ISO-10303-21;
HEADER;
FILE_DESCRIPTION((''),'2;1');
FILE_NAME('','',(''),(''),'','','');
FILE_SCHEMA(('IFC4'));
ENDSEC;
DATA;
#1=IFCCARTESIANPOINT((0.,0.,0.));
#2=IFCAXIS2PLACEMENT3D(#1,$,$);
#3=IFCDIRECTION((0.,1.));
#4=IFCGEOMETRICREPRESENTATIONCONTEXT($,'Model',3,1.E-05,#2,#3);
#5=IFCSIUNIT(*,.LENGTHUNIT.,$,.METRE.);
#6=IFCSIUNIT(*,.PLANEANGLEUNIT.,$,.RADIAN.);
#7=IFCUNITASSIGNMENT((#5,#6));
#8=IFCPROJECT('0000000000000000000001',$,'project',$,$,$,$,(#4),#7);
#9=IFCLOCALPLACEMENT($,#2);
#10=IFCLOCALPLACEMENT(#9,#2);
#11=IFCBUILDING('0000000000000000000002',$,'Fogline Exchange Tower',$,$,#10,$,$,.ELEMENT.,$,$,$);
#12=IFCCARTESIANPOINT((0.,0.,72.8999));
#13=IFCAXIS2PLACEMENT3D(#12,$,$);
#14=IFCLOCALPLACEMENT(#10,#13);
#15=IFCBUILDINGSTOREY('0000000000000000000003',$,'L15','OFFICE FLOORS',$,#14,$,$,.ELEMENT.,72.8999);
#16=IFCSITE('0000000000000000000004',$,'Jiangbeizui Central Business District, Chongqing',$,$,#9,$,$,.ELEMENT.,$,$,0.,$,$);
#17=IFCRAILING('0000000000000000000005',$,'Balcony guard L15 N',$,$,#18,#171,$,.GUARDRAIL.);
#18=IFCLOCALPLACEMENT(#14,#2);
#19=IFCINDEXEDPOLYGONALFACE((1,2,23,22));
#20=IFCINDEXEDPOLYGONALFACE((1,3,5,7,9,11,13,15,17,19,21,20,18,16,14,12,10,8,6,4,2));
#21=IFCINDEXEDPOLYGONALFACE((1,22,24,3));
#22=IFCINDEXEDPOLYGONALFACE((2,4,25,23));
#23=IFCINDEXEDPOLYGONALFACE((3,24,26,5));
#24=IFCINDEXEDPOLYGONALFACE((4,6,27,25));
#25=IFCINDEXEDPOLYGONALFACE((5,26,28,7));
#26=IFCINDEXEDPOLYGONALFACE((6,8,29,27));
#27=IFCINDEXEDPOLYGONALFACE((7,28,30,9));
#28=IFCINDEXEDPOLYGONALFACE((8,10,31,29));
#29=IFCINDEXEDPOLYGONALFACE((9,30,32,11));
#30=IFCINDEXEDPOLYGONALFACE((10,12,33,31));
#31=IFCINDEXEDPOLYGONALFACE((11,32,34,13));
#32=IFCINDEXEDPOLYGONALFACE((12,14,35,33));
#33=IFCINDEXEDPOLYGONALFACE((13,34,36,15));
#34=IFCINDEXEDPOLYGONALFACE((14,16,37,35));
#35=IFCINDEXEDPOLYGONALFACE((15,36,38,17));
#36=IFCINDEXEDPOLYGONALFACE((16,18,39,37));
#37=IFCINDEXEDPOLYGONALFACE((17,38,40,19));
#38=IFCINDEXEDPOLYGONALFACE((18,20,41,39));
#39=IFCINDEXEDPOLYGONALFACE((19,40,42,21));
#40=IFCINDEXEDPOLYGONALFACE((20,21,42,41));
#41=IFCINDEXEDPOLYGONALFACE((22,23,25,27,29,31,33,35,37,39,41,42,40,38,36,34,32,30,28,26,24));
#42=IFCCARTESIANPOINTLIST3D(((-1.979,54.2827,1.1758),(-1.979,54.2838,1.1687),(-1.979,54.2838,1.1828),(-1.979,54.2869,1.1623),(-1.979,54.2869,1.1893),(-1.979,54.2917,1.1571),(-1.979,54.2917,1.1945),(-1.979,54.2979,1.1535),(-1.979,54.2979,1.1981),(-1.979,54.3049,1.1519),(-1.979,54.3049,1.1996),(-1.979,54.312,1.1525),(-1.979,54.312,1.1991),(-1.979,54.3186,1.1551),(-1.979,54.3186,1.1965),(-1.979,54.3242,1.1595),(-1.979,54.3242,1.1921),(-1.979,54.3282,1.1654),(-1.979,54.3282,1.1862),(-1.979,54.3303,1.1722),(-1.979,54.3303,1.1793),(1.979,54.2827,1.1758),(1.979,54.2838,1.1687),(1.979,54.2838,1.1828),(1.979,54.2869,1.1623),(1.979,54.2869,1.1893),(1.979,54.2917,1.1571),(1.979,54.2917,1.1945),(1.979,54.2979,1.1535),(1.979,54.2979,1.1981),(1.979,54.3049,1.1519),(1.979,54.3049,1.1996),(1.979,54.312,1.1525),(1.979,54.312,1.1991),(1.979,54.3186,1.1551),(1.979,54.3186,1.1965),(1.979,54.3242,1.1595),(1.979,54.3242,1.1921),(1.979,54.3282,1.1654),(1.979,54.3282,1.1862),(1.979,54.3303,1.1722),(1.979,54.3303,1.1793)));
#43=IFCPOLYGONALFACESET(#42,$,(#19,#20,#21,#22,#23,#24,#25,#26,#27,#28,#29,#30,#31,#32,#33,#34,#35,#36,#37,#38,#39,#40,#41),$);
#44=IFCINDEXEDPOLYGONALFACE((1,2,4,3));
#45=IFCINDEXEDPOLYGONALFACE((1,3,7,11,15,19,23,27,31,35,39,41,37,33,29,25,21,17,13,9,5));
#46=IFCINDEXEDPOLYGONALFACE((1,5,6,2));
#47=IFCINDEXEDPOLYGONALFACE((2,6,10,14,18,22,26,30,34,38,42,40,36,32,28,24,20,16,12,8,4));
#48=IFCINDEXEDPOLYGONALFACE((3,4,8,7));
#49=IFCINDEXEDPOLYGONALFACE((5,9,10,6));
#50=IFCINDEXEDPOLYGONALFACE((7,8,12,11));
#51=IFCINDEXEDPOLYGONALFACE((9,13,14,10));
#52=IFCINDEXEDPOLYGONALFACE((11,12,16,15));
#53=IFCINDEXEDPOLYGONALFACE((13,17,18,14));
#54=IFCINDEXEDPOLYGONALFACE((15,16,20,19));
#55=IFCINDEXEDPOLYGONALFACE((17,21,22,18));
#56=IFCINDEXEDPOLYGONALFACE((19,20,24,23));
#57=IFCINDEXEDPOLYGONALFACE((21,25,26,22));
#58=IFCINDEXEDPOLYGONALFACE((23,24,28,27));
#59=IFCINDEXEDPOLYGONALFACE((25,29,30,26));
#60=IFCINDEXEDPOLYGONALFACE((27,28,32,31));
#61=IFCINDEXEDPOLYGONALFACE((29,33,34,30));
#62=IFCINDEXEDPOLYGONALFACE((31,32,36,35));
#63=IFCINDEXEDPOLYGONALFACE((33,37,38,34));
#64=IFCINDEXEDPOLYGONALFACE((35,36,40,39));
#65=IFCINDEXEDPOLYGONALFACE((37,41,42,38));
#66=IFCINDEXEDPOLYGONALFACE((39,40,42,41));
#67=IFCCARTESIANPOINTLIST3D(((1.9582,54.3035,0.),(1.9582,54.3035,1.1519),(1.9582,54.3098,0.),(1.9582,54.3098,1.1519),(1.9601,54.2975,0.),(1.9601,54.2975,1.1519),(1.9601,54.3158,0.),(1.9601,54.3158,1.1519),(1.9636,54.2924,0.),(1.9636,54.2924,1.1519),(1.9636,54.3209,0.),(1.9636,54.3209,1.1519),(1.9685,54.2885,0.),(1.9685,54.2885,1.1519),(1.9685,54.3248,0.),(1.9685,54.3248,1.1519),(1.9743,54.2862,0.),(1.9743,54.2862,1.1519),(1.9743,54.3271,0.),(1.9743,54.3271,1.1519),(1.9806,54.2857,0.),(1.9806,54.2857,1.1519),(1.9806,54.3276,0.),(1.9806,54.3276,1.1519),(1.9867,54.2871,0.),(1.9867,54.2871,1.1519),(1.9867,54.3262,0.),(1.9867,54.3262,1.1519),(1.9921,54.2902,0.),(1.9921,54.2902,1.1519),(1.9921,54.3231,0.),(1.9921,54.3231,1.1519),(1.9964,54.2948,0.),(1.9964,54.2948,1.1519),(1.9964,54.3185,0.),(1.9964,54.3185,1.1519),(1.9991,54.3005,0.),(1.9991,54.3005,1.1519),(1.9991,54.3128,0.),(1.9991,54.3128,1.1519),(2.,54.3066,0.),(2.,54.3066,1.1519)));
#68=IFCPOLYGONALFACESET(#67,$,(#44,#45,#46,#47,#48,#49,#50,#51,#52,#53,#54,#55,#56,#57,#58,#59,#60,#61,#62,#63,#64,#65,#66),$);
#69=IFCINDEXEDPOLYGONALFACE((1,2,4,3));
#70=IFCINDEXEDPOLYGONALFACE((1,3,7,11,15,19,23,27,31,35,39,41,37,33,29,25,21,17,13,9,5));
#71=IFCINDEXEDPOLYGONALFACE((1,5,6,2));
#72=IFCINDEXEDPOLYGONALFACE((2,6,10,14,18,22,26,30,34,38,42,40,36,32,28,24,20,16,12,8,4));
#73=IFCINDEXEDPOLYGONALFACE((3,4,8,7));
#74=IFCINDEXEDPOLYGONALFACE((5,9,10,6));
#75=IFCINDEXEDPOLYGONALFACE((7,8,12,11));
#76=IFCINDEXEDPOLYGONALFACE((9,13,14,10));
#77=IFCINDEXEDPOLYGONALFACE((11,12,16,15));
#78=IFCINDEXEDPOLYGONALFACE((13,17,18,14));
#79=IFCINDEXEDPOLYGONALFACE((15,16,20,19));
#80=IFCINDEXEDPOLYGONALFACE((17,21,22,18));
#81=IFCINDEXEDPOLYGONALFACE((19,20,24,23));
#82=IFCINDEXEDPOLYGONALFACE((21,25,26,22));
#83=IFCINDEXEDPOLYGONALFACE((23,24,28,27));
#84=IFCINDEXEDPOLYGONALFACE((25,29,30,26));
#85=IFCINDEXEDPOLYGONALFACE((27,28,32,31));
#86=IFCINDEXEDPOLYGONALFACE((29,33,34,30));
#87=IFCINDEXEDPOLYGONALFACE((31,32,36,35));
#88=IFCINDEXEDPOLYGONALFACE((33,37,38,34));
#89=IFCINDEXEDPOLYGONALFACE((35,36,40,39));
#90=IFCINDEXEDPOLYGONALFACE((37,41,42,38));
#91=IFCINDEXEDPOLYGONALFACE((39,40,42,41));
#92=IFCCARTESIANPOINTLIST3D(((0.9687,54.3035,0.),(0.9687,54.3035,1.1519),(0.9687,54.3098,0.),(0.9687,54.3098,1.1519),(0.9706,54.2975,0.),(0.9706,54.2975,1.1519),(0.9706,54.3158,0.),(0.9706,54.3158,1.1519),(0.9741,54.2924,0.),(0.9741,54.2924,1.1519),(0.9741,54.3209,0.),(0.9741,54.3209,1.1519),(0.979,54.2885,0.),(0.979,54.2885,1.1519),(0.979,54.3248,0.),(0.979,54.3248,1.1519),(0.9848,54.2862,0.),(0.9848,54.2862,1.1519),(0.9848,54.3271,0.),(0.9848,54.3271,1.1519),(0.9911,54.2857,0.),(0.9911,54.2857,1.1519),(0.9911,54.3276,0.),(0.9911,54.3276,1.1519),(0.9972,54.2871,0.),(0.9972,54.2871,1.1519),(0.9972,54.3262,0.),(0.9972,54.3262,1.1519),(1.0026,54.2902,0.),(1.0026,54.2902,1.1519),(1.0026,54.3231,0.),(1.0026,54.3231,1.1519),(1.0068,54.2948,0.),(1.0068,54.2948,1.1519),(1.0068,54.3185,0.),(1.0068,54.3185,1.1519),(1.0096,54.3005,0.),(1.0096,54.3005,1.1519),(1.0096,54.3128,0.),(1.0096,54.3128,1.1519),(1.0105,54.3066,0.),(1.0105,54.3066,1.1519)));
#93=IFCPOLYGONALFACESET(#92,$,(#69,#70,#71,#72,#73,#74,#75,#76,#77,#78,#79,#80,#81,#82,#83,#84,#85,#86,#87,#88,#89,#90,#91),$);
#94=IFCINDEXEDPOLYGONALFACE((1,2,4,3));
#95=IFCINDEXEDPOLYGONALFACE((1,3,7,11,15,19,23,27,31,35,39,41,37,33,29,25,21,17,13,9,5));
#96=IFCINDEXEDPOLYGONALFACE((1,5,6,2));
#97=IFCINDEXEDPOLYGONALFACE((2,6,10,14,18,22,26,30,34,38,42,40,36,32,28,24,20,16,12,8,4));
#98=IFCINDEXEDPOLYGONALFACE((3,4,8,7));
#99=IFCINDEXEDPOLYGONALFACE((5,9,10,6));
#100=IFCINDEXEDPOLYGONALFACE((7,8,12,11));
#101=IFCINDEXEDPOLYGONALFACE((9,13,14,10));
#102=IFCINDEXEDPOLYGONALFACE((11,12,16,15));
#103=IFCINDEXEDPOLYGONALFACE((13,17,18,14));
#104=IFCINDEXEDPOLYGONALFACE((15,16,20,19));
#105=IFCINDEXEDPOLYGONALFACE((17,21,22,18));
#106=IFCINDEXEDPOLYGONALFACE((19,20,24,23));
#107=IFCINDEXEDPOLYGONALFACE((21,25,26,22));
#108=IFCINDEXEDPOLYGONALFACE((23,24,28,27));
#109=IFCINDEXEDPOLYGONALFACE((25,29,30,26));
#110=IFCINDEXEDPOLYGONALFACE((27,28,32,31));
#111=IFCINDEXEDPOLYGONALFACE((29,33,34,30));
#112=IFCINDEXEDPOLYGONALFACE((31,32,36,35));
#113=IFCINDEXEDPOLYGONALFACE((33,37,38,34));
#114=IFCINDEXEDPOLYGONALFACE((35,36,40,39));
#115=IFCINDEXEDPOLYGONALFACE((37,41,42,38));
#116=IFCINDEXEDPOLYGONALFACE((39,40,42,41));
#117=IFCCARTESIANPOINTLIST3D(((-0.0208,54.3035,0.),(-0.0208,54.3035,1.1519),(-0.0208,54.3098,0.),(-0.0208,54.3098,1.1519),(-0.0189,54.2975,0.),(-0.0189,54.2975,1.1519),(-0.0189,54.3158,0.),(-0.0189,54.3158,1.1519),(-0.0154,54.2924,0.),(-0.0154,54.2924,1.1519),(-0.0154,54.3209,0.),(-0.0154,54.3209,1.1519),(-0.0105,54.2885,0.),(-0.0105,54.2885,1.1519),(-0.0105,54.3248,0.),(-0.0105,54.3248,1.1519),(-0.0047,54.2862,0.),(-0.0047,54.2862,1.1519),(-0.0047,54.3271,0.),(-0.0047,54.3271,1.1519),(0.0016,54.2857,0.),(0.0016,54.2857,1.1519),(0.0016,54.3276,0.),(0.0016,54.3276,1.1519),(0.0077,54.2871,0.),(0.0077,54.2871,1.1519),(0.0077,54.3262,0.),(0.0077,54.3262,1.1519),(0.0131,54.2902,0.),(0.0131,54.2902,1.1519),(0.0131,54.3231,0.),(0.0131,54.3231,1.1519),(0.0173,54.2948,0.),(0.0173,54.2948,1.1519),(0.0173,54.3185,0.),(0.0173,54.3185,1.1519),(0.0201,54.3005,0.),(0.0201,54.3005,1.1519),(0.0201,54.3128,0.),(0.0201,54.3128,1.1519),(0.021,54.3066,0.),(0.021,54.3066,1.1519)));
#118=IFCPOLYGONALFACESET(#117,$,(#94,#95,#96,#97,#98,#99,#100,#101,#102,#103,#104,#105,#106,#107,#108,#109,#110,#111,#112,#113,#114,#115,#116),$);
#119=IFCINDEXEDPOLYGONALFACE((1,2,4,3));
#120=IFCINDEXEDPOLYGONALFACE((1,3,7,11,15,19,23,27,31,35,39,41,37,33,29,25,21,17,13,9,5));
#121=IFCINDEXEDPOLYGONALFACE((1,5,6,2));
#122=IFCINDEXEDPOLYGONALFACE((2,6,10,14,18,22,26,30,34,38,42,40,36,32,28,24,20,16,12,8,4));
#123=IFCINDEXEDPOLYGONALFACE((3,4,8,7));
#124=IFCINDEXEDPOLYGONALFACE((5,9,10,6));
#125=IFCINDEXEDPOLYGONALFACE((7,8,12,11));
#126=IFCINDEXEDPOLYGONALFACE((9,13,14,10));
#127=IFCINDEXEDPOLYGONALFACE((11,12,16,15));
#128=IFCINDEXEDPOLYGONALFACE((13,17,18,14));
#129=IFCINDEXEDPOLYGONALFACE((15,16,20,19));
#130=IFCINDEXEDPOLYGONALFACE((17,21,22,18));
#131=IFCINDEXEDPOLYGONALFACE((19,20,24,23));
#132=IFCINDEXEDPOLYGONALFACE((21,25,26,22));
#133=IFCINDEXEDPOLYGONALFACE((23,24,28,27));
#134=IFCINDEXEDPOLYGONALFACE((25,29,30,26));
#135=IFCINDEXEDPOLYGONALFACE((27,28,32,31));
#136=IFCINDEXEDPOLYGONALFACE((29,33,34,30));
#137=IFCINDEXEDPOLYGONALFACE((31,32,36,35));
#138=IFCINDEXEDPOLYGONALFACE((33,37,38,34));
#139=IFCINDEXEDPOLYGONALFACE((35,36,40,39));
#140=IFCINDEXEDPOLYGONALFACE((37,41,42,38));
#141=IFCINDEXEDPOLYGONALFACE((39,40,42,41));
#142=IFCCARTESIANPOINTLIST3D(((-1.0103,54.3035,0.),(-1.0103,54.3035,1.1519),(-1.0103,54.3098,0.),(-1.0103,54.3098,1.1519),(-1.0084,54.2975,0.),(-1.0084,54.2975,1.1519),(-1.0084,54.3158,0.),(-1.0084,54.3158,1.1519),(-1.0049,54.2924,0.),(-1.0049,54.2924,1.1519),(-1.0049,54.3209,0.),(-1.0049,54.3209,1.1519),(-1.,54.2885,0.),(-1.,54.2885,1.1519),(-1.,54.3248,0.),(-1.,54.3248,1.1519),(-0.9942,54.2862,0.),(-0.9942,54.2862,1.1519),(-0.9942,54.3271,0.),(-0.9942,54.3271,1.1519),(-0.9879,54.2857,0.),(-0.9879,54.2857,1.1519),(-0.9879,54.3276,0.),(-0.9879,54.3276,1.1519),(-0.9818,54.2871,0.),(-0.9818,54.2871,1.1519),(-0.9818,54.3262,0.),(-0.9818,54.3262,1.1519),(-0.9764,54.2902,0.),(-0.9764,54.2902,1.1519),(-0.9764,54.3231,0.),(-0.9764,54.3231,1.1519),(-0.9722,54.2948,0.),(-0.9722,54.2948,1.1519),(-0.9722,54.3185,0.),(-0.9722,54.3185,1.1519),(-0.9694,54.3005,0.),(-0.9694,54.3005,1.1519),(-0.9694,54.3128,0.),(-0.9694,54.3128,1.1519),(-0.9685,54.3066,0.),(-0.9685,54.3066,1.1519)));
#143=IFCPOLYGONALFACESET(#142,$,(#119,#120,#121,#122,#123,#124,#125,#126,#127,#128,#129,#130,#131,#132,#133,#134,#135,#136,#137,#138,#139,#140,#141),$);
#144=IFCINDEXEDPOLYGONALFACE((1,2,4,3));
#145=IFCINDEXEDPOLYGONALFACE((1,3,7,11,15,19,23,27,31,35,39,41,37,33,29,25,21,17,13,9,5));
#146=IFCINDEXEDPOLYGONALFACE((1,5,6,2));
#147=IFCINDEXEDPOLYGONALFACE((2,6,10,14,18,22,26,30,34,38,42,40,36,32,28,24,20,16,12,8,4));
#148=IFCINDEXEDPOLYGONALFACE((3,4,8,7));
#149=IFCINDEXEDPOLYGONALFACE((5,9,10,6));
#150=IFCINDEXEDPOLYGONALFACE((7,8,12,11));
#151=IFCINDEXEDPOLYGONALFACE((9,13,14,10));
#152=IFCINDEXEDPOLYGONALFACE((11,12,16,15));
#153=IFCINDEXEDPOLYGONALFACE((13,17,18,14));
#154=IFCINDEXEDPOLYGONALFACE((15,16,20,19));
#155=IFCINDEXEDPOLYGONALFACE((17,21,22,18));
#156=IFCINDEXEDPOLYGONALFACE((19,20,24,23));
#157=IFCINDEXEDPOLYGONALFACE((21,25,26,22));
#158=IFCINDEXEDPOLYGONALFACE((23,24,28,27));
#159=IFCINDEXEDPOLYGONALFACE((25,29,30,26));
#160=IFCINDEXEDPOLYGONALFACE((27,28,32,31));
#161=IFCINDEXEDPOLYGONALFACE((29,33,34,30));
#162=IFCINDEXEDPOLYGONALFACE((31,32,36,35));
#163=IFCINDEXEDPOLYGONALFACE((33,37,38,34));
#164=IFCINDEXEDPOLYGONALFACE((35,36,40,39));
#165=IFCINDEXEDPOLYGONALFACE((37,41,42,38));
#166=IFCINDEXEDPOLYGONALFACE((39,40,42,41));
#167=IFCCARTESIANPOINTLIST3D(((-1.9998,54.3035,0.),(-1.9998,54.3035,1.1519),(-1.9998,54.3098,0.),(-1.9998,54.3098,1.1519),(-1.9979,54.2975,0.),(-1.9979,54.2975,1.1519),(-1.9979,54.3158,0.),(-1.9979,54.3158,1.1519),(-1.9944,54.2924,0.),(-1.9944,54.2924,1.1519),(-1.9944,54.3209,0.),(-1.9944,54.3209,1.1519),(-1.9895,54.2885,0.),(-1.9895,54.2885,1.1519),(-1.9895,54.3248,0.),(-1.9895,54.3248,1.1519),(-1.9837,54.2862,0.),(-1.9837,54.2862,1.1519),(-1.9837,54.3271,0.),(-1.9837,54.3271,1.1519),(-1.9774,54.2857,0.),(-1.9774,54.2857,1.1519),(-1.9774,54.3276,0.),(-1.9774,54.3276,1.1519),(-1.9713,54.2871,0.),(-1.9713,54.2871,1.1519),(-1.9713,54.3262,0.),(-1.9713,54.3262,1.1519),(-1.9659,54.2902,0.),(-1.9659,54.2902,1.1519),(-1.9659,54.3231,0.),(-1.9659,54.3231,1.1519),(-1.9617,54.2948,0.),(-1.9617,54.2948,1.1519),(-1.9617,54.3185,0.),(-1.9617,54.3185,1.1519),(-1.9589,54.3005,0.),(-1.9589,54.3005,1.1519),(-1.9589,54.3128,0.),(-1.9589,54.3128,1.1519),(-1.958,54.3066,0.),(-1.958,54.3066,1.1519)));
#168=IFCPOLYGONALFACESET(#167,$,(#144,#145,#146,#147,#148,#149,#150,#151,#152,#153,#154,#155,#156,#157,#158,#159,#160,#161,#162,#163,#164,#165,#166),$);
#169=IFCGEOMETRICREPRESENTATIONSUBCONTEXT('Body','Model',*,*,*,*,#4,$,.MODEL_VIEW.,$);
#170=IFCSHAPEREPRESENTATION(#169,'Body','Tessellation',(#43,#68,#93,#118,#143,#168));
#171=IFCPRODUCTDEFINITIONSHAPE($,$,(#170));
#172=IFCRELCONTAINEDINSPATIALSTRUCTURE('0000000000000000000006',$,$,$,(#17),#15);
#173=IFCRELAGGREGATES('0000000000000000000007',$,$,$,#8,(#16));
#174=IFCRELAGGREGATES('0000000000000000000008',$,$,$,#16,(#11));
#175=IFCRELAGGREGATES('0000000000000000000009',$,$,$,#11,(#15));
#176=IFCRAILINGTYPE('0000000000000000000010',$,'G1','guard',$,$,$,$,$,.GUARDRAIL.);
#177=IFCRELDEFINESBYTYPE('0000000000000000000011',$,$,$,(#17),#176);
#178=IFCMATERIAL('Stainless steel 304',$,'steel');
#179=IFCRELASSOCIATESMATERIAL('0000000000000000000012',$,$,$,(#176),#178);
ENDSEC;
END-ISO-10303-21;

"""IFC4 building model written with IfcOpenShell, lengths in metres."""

from ifc_helpers import new_model, si_unit, direction, frame, origin, origin_2d, place, context, subcontext, project, spatial, circle, extrude, material, type_object, element, save


model = new_model("IFC4")

# Units and contexts
model_context = context("Model", 3, precision=1e-05, world=origin(), true_north=direction((0.0, 1.0)))
body_context = subcontext(model_context, "Body", "Model", "MODEL_VIEW")
ifc_project = project(units=[si_unit("LENGTHUNIT", "METRE"), si_unit("PLANEANGLEUNIT", "RADIAN")], contexts=[model_context])

# Site, building, storey
site_placement = place(None, origin())
site = spatial("IfcSite", under=ifc_project, at=site_placement, Name="Jiangbeizui Central Business District, Chongqing", CompositionType="ELEMENT", RefElevation=0.0)
building_placement = place(site_placement, origin())
building = spatial("IfcBuilding", under=site, at=building_placement, Name="Fogline Exchange Tower", CompositionType="ELEMENT")
storey_placement = place(building_placement, frame((0.0, 0.0, 72.8999)))
storey = spatial("IfcBuildingStorey", under=building, at=storey_placement, Name="L15", Description="OFFICE FLOORS", CompositionType="ELEMENT", Elevation=72.8999)

# Railing
ifc_material_1 = material(Name="Stainless steel 304", Category="steel")
railing_type = type_object("IfcRailingType", Name="G1", Description="guard", PredefinedType="GUARDRAIL", material=ifc_material_1)
railing_placement = place(storey_placement, frame((1.979, 54.3066, 0.0)))
element("IfcRailing", 1, at=railing_placement, inside=storey, type_object=railing_type, Name="Balcony guard L15 N", PredefinedType="GUARDRAIL", context=body_context, shape_type="SweptSolid", body=[
    extrude(circle(Radius=0.0239, at=origin_2d()), frame((0.0, 0.0, 1.1758), z_axis=(-1.0, 0.0, 0.0), x_axis=(0.0, -1.0, 0.0)), (0.0, 0.0, 1.0), 3.958),
    extrude(circle(Radius=0.021, at=origin_2d()), origin(), (0.0, 0.0, 1.0), 1.1519),
    extrude(circle(Radius=0.021, at=origin_2d()), frame((-0.9895, 0.0, 0.0)), (0.0, 0.0, 1.0), 1.1519),
    extrude(circle(Radius=0.021, at=origin_2d()), frame((-1.979, 0.0, 0.0)), (0.0, 0.0, 1.0), 1.1519),
    extrude(circle(Radius=0.021, at=origin_2d()), frame((-2.9685, 0.0, 0.0)), (0.0, 0.0, 1.0), 1.1519),
    extrude(circle(Radius=0.021, at=origin_2d()), frame((-3.958, 0.0, 0.0)), (0.0, 0.0, 1.0), 1.1519),
])

save(model, "model.ifc")
